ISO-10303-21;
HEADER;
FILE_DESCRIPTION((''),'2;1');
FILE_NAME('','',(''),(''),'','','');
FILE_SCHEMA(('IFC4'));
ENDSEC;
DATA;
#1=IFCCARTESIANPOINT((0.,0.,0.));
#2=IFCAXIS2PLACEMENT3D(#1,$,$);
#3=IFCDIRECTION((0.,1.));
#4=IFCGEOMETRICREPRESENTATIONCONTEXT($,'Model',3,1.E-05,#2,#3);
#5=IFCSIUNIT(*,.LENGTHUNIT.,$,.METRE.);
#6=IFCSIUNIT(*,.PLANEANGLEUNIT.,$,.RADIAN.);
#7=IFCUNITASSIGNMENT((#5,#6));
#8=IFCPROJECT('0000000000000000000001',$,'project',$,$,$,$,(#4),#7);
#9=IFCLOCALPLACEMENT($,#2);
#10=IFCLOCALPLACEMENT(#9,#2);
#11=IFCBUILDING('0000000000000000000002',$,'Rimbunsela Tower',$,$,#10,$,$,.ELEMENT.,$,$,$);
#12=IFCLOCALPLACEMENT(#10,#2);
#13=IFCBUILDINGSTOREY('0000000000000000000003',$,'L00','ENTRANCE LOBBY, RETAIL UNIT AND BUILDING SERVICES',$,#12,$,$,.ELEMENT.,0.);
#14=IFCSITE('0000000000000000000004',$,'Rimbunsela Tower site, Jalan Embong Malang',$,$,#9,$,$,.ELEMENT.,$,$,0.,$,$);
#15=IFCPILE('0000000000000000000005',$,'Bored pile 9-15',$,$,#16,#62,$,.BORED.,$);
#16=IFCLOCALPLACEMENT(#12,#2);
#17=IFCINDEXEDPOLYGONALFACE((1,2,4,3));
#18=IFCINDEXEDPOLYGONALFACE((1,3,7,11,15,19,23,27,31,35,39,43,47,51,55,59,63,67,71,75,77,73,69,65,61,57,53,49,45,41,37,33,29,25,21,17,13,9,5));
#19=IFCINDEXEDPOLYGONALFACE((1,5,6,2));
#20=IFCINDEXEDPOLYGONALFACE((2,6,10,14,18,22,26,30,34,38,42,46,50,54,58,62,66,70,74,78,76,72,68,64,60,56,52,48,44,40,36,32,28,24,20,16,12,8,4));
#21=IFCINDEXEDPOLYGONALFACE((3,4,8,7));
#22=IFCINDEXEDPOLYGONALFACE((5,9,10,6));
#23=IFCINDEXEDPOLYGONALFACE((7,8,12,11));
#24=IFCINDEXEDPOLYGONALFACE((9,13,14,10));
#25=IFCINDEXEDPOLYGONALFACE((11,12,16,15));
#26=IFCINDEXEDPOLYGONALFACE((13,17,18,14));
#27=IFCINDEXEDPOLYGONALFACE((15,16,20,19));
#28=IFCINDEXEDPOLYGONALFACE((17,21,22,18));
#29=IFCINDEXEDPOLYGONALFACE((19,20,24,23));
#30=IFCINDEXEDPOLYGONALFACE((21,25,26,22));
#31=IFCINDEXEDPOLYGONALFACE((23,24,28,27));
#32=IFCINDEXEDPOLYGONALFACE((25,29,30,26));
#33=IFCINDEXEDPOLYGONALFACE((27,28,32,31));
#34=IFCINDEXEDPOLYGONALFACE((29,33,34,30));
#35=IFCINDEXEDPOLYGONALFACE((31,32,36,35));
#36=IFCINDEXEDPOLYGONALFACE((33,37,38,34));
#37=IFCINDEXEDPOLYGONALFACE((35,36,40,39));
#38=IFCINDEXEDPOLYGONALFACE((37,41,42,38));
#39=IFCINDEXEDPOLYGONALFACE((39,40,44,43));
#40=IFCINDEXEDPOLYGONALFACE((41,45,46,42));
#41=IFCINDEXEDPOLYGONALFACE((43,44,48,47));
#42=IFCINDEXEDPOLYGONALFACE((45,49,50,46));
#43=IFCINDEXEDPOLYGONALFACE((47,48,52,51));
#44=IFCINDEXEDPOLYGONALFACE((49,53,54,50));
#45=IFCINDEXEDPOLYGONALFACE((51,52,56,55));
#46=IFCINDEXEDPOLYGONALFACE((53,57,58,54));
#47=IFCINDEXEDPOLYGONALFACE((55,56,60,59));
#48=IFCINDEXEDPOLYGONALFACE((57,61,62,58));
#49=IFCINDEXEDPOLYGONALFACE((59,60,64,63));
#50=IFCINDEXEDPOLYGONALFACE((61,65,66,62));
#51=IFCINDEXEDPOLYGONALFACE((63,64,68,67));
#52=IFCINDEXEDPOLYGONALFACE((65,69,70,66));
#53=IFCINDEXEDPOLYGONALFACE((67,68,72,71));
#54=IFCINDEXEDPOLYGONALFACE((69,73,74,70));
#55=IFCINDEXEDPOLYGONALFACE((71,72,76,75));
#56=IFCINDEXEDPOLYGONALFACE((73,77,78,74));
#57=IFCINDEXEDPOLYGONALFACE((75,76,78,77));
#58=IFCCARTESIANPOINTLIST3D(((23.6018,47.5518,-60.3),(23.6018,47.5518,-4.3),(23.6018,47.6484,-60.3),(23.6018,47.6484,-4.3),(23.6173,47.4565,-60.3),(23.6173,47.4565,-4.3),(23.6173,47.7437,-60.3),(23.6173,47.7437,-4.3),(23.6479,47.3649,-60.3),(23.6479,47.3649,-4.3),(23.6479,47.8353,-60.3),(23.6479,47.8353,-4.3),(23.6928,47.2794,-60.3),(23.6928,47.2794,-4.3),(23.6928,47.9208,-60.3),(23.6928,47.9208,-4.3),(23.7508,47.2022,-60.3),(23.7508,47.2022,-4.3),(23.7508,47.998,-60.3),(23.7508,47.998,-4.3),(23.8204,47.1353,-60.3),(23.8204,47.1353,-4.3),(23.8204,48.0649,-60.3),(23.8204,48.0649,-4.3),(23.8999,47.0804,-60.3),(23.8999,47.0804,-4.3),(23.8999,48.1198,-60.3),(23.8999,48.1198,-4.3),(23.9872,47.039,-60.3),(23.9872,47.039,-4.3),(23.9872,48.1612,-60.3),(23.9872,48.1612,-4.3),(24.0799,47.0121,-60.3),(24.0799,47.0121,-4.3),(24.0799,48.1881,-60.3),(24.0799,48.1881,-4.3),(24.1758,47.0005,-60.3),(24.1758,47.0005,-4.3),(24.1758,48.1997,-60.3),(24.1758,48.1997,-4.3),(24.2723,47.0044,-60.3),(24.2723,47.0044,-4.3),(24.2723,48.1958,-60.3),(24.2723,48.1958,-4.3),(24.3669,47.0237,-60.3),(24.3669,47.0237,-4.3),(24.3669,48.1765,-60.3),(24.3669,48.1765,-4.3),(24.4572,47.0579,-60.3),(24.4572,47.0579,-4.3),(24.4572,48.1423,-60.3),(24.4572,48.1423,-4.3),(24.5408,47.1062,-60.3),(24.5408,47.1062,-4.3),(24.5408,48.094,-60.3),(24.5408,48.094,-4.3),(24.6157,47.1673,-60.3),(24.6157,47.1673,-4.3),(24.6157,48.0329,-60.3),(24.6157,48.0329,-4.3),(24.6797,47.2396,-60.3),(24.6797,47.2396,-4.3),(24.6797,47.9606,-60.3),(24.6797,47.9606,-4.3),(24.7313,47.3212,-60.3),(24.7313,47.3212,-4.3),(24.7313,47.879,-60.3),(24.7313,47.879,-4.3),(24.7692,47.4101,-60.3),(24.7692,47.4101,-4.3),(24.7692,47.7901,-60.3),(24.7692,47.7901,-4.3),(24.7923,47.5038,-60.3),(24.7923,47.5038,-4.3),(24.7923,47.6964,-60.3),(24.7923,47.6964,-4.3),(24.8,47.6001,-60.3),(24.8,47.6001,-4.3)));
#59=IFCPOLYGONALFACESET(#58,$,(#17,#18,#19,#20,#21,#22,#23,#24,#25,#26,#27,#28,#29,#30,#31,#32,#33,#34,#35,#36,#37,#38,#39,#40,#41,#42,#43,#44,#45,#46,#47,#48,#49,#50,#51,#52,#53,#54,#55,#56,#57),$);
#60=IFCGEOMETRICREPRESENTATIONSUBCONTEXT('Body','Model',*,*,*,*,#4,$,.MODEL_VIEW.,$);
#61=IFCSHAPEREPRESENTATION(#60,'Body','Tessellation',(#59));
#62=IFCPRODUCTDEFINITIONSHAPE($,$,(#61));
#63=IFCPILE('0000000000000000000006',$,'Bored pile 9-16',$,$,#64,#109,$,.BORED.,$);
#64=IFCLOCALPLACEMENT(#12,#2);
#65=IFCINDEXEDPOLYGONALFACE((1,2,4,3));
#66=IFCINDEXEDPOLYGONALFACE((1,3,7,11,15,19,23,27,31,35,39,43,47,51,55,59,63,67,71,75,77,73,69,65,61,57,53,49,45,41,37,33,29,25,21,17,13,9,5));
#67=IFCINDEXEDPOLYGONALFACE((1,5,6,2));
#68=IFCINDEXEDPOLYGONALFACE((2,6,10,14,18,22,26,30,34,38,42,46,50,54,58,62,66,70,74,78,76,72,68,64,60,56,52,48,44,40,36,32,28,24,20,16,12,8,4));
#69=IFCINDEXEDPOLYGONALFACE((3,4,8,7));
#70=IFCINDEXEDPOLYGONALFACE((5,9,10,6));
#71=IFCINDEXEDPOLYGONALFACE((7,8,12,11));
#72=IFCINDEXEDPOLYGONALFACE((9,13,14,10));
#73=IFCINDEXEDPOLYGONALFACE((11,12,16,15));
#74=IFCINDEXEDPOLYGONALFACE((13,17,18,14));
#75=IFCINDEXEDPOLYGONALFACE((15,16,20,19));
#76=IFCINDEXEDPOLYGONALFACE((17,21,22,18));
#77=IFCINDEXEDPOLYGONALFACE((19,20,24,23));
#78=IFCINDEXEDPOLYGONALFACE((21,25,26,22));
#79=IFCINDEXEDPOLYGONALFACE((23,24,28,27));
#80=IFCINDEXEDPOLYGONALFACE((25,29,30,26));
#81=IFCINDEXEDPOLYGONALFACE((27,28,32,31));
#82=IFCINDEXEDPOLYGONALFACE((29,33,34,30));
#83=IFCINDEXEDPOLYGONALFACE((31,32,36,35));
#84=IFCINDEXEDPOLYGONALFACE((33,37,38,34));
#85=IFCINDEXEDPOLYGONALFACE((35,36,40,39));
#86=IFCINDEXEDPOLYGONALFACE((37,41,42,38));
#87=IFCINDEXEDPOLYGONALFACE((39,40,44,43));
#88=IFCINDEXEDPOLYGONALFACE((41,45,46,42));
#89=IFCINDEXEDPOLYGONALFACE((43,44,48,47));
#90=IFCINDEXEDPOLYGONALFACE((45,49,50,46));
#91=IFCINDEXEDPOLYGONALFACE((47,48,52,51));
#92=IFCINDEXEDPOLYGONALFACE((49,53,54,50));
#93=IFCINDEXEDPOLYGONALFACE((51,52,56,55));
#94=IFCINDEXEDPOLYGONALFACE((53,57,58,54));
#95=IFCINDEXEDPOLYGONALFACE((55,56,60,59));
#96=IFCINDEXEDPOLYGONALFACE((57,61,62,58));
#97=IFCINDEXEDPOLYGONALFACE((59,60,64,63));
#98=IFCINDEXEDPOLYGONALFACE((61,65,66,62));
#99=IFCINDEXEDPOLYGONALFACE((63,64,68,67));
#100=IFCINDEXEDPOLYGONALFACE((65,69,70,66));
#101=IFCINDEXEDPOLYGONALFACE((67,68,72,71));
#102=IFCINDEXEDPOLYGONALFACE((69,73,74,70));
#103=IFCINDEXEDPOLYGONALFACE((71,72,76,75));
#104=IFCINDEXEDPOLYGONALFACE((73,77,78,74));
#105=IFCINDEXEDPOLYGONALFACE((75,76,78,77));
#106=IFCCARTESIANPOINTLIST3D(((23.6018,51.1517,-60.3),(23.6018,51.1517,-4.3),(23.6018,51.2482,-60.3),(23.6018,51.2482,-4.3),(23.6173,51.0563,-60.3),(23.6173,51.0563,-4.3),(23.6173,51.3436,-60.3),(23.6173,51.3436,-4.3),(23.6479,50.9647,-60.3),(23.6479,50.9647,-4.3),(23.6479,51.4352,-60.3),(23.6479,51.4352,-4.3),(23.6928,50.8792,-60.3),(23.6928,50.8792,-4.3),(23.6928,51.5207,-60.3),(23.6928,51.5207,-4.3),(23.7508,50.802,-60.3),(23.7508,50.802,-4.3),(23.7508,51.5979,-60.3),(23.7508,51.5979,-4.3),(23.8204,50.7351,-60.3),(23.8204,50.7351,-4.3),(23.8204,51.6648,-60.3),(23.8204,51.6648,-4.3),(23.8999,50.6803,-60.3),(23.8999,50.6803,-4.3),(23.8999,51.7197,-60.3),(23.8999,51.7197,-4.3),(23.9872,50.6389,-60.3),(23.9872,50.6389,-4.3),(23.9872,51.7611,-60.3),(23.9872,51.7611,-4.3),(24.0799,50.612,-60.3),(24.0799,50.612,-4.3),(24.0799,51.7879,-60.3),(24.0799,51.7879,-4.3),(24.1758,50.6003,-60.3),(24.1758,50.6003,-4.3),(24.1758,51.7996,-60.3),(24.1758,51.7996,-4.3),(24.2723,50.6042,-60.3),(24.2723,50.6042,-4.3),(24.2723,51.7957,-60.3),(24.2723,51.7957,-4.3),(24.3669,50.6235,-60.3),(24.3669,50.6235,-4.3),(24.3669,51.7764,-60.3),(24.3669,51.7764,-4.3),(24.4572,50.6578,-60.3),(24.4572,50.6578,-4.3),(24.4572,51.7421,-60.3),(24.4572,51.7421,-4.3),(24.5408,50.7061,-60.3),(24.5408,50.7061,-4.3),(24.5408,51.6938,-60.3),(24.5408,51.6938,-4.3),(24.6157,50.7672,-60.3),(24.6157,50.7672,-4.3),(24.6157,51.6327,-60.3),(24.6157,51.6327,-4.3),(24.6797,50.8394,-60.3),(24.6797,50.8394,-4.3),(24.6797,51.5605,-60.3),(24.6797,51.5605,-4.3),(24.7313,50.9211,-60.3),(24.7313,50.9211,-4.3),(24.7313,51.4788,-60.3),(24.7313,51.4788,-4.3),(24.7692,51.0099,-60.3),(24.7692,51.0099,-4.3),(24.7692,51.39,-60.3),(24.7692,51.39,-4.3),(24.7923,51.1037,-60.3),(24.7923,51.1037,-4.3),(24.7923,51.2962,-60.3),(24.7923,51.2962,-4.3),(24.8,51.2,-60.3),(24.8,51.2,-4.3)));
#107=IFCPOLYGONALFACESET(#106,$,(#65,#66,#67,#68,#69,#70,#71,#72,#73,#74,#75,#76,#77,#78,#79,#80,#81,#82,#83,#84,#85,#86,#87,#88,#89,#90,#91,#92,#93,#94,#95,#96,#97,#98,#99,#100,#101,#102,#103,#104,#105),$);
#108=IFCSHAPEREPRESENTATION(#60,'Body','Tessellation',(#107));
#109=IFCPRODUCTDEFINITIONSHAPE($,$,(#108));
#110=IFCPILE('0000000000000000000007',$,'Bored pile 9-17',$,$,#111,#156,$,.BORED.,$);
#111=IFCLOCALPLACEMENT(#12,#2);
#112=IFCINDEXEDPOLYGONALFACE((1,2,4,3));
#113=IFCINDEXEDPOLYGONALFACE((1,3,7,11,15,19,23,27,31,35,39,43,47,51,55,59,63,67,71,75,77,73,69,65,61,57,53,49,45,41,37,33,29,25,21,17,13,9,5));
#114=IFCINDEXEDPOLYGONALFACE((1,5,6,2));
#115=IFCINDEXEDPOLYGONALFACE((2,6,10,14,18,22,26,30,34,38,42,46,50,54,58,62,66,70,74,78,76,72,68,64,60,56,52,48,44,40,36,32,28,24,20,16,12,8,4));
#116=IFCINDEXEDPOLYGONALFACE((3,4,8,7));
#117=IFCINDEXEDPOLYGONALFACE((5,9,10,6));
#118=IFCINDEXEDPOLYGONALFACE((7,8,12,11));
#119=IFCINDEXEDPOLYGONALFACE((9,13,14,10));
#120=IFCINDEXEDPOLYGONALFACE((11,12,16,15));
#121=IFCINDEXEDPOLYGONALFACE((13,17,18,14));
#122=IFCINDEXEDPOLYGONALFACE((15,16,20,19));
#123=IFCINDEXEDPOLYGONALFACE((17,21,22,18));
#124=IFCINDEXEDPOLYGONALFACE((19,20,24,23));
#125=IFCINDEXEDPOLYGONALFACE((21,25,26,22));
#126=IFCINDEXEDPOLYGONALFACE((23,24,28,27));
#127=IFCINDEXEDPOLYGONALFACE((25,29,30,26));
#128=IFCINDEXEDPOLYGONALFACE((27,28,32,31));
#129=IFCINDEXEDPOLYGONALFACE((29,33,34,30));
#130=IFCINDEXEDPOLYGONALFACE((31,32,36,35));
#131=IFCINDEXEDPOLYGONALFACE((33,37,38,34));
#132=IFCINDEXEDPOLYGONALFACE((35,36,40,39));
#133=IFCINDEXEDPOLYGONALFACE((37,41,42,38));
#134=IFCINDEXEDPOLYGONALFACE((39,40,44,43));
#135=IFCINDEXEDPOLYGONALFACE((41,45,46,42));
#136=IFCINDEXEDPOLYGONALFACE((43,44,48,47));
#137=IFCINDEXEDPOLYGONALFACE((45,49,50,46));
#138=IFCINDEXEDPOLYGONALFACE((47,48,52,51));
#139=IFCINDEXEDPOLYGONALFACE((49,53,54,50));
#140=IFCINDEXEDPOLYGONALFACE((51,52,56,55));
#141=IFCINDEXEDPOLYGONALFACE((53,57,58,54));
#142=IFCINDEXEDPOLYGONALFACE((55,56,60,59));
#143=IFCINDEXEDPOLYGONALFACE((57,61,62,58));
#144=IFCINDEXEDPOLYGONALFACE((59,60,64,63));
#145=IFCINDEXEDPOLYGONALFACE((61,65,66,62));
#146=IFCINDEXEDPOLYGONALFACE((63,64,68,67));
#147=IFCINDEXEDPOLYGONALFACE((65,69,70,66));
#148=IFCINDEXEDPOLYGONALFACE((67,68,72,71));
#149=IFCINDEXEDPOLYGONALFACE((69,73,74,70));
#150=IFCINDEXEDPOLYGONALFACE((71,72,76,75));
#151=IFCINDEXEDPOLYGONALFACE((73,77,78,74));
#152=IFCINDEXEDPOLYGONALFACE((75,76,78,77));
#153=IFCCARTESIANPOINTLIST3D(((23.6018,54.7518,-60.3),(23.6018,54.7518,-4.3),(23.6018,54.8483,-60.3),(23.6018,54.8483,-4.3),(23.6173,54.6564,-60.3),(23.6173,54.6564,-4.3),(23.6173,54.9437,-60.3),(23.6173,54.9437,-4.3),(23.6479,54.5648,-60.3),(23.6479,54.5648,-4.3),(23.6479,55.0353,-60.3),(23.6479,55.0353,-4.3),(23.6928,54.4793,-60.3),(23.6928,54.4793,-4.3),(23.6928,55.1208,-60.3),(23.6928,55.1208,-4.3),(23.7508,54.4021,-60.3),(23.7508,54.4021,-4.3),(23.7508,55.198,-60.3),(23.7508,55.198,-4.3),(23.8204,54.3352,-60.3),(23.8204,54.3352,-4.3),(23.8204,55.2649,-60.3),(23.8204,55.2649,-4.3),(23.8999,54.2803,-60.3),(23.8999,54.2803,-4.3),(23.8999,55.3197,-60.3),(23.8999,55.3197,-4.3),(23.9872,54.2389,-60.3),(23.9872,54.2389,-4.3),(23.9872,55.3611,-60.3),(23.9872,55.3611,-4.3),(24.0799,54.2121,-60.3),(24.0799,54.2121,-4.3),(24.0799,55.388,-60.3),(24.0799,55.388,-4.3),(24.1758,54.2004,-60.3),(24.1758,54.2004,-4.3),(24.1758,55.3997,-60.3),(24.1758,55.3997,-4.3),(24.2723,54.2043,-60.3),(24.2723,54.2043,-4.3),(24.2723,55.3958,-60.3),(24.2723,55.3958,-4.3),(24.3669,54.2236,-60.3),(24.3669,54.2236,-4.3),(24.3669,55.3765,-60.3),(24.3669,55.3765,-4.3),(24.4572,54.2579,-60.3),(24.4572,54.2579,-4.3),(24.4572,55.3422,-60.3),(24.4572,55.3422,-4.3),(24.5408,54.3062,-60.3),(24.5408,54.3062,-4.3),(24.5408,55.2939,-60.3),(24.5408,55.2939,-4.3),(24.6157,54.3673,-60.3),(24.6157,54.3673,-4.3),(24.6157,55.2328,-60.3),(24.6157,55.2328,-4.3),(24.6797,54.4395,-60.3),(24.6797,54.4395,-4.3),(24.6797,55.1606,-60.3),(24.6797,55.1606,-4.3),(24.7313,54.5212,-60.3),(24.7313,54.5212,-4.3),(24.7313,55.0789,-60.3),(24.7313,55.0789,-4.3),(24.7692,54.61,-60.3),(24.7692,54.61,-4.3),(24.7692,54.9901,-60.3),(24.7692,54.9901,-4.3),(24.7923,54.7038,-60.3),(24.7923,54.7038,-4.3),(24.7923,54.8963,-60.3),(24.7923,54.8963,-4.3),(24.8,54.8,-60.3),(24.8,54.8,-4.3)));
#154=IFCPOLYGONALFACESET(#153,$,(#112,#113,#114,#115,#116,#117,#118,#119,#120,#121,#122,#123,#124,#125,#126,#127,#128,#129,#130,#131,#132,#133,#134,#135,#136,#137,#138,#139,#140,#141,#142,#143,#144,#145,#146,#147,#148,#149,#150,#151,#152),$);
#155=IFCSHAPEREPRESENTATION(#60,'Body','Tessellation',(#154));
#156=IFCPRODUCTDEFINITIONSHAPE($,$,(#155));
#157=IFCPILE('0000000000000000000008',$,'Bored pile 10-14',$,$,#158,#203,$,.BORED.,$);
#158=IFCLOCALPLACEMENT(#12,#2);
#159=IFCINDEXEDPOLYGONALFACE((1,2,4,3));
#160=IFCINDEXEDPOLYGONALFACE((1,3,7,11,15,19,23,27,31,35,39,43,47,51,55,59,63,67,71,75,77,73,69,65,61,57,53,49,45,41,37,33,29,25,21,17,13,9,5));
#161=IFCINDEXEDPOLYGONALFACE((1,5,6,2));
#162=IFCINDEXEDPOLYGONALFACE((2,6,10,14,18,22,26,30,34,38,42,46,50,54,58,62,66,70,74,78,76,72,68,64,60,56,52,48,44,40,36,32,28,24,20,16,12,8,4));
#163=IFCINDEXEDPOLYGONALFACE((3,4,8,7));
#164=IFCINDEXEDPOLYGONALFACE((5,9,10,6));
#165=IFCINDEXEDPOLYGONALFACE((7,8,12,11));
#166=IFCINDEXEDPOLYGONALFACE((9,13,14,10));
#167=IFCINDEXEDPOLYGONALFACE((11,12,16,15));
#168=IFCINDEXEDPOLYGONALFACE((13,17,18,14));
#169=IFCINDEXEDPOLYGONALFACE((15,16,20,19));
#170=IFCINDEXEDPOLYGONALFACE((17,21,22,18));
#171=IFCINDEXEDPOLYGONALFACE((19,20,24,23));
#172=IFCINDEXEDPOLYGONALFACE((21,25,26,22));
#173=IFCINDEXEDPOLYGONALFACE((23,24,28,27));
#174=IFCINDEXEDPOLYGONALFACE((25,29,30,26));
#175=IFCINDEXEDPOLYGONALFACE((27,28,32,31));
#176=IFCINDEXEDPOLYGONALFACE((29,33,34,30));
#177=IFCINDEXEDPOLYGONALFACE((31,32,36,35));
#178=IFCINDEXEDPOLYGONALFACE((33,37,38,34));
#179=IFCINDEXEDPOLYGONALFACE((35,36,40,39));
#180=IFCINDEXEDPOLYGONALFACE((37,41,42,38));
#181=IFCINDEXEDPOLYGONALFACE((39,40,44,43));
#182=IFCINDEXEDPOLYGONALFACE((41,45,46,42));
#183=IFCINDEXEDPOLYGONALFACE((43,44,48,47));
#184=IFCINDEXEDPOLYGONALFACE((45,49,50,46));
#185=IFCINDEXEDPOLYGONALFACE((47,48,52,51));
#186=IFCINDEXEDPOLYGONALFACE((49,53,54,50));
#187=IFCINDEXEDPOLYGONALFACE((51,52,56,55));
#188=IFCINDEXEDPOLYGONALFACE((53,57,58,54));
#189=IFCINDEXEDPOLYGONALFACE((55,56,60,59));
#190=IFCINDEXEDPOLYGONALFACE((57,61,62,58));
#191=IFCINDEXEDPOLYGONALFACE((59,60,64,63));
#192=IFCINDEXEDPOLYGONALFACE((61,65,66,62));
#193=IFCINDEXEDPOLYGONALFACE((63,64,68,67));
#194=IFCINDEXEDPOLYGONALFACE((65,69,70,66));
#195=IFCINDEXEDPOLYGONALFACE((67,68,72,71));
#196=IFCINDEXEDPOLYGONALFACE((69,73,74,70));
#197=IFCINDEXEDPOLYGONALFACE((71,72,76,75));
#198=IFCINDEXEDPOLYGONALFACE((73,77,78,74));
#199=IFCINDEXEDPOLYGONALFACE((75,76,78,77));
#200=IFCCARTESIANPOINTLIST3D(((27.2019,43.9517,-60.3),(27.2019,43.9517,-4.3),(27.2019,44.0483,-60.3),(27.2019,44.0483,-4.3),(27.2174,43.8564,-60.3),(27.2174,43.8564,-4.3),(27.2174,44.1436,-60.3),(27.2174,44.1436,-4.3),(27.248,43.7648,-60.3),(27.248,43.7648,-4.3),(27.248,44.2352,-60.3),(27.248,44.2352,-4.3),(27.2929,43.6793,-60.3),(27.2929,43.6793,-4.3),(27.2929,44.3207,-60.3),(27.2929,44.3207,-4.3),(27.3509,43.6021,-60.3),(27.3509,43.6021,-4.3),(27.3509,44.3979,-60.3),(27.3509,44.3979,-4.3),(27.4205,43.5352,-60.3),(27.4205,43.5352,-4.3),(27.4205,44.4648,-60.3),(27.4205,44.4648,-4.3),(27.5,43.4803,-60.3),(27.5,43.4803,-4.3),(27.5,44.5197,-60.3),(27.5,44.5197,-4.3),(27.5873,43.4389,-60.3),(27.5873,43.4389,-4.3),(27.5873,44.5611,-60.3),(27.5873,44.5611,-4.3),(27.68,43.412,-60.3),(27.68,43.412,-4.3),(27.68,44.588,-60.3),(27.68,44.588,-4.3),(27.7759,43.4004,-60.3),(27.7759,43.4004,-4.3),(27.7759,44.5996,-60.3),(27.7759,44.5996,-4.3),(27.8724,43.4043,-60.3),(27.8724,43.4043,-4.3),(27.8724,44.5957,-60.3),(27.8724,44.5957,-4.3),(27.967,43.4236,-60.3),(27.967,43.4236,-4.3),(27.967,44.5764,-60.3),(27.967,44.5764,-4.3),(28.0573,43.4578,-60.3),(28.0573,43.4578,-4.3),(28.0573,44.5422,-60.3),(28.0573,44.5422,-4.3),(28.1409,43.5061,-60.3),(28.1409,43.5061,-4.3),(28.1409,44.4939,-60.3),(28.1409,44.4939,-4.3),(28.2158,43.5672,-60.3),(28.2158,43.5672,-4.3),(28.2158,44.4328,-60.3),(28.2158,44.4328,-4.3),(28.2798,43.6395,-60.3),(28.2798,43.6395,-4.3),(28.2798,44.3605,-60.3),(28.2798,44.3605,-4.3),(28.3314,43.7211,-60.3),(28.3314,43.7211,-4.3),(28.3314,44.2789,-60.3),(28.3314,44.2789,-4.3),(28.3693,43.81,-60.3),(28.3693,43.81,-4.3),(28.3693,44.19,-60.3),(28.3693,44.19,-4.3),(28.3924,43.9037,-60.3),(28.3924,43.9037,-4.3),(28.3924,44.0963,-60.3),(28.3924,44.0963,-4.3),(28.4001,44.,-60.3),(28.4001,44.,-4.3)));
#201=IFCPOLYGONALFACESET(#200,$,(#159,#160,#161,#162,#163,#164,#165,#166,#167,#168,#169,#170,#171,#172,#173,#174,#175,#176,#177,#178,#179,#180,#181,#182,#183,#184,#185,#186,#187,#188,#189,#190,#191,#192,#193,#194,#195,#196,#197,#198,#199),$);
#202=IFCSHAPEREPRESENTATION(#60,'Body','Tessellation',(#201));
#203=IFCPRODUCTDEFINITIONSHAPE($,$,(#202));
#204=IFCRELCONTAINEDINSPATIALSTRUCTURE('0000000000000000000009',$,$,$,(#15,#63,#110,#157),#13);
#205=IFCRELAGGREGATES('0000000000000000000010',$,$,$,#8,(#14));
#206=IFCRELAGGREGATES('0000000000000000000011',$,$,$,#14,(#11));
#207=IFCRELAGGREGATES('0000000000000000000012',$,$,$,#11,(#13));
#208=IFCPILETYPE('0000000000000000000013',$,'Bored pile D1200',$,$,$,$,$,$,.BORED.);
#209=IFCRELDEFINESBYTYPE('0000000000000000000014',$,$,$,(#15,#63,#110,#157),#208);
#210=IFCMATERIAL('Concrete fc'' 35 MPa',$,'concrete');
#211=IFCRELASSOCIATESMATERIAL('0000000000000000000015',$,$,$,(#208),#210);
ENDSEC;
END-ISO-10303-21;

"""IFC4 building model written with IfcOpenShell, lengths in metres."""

from ifc_helpers import new_model, si_unit, direction, frame, origin, origin_2d, place, context, subcontext, project, spatial, circle, extrude, material, material_profile, profile_set, type_object, element, save


model = new_model("IFC4")

# Units and contexts
model_context = context("Model", 3, precision=1e-05, world=origin(), true_north=direction((0.0, 1.0)))
body_context = subcontext(model_context, "Body", "Model", "MODEL_VIEW")
ifc_project = project(units=[si_unit("LENGTHUNIT", "METRE"), si_unit("PLANEANGLEUNIT", "RADIAN")], contexts=[model_context])

# Site, building, storey
site_placement = place(None, origin())
site = spatial("IfcSite", under=ifc_project, at=site_placement, Name="Rimbunsela Tower site, Jalan Embong Malang", CompositionType="ELEMENT", RefElevation=0.0)
building_placement = place(site_placement, origin())
building = spatial("IfcBuilding", under=site, at=building_placement, Name="Rimbunsela Tower", CompositionType="ELEMENT")
storey_placement = place(building_placement, origin())
storey = spatial("IfcBuildingStorey", under=building, at=storey_placement, Name="L00", Description="ENTRANCE LOBBY, RETAIL UNIT AND BUILDING SERVICES", CompositionType="ELEMENT", Elevation=0.0)

# Piles
ifc_material_1 = material(Name="Concrete fc' 35 MPa", Category="concrete")
ifc_material_profile_1 = material_profile(ifc_material_1, circle(Radius=0.6001, at=origin_2d()), Name="BP D1200")
ifc_profile_set_1 = profile_set([ifc_material_profile_1], Name="Concrete fc' 35 MPa")
pile_type = type_object("IfcPileType", Name="Bored pile D1200", PredefinedType="BORED", material=ifc_profile_set_1)
for number, where, z_axis, x_axis, name in (
    (1, (24.2, 47.6001, -4.3), (0.0, 0.0, -1.0), (1.0, 0.0, 0.0), "Bored pile 9-15"),
    (2, (24.2, 51.2, -4.3), (0.0, 0.0, -1.0), (1.0, 0.0, 0.0), "Bored pile 9-16"),
    (3, (24.2, 54.8, -4.3), (0.0, 0.0, -1.0), (1.0, 0.0, 0.0), "Bored pile 9-17"),
    (4, (27.8, 44.0, -4.3), (0.0, 0.0, -1.0), (1.0, 0.0, 0.0), "Bored pile 10-14"),
):
    element("IfcPile", number, at=place(storey_placement, frame(where, z_axis=z_axis, x_axis=x_axis)), inside=storey, type_object=pile_type, Name=name, PredefinedType="BORED", context=body_context, shape_type="SweptSolid", body=[
        extrude(circle(Radius=0.6001, at=origin_2d()), origin(), (0.0, 0.0, 1.0), 56.0),
    ])

save(model, "model.ifc")
